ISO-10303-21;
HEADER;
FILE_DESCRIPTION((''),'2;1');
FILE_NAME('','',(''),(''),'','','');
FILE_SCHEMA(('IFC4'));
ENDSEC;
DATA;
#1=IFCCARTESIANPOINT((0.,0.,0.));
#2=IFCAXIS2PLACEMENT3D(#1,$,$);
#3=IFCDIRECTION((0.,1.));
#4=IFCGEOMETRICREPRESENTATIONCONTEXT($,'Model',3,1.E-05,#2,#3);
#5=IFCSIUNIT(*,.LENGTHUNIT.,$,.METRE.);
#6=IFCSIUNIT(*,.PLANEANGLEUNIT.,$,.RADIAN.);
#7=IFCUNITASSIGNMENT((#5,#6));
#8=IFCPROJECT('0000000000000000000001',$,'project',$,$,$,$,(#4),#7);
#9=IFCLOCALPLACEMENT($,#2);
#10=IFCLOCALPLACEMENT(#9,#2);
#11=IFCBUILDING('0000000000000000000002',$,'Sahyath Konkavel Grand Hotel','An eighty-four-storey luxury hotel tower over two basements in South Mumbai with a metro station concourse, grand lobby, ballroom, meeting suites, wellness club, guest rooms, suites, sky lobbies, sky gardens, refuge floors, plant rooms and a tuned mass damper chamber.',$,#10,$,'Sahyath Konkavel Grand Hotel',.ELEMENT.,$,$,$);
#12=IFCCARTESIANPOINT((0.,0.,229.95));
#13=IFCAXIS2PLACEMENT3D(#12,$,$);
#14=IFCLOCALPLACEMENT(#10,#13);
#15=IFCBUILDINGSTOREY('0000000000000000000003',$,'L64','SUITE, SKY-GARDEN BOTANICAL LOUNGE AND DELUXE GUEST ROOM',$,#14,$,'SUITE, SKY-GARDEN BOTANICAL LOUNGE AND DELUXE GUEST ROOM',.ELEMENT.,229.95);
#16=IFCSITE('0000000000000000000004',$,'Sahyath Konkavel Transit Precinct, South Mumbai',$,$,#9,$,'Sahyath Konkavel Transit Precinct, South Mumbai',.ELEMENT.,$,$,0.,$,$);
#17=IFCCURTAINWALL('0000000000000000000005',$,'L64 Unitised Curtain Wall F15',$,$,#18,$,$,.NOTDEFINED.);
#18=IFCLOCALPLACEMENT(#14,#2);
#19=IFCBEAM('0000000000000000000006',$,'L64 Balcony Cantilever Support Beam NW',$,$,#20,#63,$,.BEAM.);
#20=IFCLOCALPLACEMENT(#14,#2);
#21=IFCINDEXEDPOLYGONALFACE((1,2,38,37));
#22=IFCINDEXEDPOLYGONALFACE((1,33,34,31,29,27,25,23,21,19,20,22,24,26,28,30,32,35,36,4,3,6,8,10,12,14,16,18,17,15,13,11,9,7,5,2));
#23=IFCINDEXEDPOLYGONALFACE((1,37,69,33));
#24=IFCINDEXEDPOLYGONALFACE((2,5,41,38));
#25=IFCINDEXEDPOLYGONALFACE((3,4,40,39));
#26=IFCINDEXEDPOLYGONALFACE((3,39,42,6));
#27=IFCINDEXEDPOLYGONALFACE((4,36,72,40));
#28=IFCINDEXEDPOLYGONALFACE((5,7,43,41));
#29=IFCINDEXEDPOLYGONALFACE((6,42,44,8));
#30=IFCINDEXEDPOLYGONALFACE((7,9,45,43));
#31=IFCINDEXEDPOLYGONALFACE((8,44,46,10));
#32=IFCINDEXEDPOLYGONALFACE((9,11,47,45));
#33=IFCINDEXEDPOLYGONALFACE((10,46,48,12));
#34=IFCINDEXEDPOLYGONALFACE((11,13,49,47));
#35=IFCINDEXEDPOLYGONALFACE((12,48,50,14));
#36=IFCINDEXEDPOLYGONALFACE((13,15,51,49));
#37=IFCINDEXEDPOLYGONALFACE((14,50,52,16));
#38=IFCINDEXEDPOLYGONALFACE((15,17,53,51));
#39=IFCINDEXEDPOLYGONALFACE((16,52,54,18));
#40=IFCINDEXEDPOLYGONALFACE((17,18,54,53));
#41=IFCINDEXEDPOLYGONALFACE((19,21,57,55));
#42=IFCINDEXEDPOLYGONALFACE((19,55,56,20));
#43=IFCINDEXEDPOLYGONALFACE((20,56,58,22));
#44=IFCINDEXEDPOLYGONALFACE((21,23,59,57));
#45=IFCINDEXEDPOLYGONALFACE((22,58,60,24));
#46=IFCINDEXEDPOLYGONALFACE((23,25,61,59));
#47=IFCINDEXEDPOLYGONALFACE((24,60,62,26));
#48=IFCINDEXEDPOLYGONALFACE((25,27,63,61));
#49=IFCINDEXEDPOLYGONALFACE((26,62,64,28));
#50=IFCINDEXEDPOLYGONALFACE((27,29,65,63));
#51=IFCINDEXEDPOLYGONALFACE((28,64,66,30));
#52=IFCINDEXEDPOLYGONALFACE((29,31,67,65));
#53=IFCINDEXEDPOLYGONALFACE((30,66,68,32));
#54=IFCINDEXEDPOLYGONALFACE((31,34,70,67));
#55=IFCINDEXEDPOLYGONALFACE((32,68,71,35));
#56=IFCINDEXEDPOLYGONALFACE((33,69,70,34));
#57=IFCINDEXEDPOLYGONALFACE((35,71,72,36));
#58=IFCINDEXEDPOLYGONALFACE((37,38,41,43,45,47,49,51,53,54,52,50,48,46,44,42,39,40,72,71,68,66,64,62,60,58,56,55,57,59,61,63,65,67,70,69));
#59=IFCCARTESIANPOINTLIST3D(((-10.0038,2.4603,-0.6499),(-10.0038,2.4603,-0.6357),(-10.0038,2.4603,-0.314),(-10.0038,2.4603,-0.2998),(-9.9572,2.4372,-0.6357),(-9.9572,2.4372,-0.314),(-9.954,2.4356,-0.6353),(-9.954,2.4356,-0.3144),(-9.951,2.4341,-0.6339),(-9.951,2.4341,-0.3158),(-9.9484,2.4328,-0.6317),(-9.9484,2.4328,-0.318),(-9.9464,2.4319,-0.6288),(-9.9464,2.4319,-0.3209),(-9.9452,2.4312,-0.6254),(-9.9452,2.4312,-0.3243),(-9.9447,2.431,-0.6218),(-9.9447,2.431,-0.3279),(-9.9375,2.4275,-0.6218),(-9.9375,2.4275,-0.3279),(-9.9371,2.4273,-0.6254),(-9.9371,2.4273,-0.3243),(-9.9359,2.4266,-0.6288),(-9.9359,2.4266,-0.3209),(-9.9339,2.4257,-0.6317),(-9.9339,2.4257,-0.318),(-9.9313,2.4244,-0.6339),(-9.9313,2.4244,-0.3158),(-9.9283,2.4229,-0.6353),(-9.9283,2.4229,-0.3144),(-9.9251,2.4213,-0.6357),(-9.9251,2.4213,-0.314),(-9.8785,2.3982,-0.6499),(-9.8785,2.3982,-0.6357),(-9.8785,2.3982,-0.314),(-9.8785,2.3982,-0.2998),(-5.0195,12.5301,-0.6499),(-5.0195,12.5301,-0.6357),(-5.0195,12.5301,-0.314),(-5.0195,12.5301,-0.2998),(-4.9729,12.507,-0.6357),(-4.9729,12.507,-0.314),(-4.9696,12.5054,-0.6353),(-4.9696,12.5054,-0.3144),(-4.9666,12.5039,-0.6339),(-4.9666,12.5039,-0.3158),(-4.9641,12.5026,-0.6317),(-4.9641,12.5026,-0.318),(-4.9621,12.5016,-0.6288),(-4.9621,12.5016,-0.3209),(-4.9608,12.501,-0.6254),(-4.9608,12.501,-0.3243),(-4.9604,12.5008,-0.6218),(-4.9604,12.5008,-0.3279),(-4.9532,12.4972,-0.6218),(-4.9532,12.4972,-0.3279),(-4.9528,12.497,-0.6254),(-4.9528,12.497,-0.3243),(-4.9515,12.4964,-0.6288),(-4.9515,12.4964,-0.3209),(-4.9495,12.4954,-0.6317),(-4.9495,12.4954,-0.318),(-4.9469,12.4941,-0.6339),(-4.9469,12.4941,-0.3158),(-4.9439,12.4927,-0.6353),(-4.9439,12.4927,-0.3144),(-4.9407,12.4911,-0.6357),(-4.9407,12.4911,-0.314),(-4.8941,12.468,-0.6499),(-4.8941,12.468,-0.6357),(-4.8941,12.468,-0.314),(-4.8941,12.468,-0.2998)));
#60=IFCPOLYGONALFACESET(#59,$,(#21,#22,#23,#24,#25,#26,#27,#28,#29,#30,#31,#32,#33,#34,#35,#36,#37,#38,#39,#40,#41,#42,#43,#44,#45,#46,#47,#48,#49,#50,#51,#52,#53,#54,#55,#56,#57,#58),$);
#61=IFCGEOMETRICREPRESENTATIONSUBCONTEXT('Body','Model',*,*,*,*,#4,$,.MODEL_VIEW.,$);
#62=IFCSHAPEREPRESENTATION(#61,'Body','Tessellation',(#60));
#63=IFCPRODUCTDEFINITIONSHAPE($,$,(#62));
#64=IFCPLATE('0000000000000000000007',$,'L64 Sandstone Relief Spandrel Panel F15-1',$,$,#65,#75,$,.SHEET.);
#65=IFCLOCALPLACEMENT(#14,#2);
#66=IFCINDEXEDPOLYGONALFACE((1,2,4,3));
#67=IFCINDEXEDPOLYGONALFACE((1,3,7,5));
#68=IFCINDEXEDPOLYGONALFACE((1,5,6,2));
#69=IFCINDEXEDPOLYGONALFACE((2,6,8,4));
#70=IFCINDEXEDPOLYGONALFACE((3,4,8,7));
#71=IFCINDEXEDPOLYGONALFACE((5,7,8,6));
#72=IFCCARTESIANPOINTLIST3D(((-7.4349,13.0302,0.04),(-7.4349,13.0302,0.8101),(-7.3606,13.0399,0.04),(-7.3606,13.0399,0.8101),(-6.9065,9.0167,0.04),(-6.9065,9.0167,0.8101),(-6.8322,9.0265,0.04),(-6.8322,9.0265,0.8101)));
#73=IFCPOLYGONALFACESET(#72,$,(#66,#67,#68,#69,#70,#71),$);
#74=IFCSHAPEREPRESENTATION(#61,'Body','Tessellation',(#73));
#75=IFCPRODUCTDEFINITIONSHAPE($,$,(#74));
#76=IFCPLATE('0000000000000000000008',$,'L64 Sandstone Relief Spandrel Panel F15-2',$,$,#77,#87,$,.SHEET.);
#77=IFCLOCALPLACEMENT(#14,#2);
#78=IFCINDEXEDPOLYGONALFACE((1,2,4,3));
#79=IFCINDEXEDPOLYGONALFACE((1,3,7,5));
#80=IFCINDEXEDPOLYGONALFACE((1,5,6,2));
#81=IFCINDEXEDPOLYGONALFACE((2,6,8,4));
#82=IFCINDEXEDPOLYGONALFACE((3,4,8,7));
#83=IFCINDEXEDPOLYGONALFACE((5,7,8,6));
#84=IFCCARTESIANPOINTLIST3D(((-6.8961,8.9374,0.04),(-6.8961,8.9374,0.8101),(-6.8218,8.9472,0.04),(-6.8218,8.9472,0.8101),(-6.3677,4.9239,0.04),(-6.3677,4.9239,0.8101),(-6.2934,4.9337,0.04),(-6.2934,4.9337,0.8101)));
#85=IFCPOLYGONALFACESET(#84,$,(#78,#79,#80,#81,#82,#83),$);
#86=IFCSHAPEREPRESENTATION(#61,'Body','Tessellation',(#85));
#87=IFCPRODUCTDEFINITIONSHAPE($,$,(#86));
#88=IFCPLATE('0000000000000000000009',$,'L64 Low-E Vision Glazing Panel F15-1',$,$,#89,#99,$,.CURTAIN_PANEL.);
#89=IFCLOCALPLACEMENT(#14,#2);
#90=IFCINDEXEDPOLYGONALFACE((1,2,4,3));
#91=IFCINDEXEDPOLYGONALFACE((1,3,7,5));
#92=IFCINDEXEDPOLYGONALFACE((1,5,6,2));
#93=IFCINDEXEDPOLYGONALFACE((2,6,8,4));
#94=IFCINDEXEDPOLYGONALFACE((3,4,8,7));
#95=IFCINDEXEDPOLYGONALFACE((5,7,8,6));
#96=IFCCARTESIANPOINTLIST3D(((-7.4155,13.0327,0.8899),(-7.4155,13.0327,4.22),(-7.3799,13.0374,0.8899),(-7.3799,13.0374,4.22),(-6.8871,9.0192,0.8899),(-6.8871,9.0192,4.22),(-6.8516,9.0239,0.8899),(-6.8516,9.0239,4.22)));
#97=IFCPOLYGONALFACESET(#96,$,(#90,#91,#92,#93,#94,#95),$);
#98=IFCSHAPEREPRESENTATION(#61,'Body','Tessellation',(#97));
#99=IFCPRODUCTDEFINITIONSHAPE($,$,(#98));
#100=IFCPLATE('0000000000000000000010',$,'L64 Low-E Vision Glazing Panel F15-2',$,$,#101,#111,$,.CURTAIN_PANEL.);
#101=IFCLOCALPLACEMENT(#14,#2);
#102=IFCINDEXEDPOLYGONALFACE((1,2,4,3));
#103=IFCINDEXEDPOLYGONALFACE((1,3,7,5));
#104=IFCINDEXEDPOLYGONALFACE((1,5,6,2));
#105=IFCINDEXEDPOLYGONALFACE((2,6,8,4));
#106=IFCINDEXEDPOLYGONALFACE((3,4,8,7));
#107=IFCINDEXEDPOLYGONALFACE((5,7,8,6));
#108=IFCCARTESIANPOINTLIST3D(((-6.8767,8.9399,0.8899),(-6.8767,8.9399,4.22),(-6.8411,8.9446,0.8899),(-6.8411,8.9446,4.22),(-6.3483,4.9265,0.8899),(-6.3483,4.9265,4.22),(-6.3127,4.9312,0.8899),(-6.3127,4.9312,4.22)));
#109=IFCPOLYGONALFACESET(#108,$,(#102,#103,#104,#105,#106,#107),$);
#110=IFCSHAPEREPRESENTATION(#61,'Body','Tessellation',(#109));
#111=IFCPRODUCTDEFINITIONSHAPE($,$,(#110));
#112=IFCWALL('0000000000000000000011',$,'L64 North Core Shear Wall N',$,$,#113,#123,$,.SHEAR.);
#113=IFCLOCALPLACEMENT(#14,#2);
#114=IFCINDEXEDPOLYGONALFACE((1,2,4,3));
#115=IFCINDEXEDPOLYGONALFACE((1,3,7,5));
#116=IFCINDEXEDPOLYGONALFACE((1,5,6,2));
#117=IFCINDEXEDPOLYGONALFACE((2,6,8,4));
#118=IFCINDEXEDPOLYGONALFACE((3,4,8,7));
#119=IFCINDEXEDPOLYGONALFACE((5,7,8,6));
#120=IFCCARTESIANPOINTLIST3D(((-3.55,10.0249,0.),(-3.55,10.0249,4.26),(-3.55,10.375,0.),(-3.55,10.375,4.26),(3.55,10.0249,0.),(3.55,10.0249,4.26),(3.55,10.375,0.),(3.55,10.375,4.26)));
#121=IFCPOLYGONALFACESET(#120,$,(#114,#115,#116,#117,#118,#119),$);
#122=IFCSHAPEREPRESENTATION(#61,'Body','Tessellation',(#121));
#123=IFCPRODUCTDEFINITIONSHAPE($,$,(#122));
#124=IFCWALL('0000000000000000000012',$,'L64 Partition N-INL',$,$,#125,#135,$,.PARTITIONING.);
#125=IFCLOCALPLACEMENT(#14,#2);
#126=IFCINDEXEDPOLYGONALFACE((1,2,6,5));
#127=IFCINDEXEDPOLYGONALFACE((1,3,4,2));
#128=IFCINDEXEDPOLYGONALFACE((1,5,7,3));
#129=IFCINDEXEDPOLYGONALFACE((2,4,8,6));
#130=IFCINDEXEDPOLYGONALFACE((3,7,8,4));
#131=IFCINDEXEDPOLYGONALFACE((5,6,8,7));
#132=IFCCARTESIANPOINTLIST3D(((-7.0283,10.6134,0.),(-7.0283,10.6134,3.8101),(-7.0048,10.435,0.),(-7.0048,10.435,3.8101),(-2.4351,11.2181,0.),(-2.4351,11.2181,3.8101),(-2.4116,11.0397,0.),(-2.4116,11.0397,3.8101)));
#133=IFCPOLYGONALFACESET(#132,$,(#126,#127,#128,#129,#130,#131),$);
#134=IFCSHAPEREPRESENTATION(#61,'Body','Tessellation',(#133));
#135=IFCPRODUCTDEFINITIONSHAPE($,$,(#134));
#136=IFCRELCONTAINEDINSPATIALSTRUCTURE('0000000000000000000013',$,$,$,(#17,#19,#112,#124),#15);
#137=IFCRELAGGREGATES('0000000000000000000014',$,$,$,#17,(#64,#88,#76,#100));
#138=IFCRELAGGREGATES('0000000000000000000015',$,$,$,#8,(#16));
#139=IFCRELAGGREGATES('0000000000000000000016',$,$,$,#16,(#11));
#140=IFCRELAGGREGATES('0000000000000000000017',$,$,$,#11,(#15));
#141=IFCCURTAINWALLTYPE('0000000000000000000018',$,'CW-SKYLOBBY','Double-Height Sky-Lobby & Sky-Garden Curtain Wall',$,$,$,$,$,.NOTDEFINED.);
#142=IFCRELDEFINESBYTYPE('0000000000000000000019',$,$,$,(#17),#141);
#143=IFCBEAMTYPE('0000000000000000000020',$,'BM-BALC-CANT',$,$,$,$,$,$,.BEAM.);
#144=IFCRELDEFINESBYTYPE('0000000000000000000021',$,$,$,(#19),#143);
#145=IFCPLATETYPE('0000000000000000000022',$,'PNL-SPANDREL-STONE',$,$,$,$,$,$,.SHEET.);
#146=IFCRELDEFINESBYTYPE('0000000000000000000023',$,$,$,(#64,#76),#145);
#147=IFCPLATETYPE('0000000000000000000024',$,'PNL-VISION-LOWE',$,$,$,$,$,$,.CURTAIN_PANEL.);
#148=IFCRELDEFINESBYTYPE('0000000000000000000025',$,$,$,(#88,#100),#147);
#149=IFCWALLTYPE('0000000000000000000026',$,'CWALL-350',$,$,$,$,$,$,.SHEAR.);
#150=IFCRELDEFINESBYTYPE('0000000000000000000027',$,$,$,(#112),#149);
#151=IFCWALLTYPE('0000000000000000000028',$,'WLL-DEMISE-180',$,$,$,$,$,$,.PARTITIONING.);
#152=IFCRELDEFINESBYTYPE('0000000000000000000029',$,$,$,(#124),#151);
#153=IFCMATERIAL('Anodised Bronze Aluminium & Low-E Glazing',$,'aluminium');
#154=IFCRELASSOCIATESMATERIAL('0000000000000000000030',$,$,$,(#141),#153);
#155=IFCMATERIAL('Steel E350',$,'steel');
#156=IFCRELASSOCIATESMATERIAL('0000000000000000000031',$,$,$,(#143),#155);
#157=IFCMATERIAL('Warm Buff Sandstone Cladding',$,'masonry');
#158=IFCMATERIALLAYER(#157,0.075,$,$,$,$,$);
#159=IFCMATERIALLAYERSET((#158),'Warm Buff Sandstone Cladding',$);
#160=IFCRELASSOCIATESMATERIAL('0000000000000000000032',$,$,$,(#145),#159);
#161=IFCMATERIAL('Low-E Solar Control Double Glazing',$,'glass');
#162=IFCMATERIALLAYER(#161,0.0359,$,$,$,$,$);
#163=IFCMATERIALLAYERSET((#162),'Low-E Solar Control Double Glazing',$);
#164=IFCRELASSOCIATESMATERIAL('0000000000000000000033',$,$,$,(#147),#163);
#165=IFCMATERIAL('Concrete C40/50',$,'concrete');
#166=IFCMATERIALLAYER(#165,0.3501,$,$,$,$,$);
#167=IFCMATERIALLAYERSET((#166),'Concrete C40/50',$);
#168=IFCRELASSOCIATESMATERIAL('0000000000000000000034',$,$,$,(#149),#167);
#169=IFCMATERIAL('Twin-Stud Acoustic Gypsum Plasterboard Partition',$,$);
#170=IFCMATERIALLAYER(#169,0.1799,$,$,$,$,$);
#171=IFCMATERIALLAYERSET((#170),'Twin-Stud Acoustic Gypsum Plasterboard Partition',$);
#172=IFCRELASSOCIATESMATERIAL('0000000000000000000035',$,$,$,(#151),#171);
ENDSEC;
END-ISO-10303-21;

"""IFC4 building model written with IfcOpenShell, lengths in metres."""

from ifc_helpers import new_model, si_unit, direction, frame, frame_2d, origin, origin_2d, place, context, subcontext, project, spatial, rectangle, i_section, extrude, source, transform, mapped, material, layer, layer_set, material_profile, profile_set, type_object, element, aggregate, save


model = new_model("IFC4")

# Units and contexts
model_context = context("Model", 3, precision=1e-05, world=origin(), true_north=direction((0.0, 1.0)))
body_context = subcontext(model_context, "Body", "Model", "MODEL_VIEW")
ifc_project = project(units=[si_unit("LENGTHUNIT", "METRE"), si_unit("PLANEANGLEUNIT", "RADIAN")], contexts=[model_context])

# Site, building, storey
site_placement = place(None, origin())
site = spatial("IfcSite", under=ifc_project, at=site_placement, Name="Sahyath Konkavel Transit Precinct, South Mumbai", LongName="Sahyath Konkavel Transit Precinct, South Mumbai", CompositionType="ELEMENT", RefElevation=0.0)
building_placement = place(site_placement, origin())
building = spatial("IfcBuilding", under=site, at=building_placement, Name="Sahyath Konkavel Grand Hotel", Description="An eighty-four-storey luxury hotel tower over two basements in South Mumbai with a metro station concourse, grand lobby, ballroom, meeting suites, wellness club, guest rooms, suites, sky lobbies, sky gardens, refuge floors, plant rooms and a tuned mass damper chamber.", LongName="Sahyath Konkavel Grand Hotel", CompositionType="ELEMENT")
storey_placement = place(building_placement, frame((0.0, 0.0, 229.95)))
storey = spatial("IfcBuildingStorey", under=building, at=storey_placement, Name="L64", Description="SUITE, SKY-GARDEN BOTANICAL LOUNGE AND DELUXE GUEST ROOM", LongName="SUITE, SKY-GARDEN BOTANICAL LOUNGE AND DELUXE GUEST ROOM", CompositionType="ELEMENT", Elevation=229.95)

# Shared definitions
ifc_material_1 = material(Name="Steel E350", Category="steel")

# Curtain wall
ifc_material_2 = material(Name="Anodised Bronze Aluminium & Low-E Glazing", Category="aluminium")
curtain_wall_type = type_object("IfcCurtainWallType", Name="CW-SKYLOBBY", Description="Double-Height Sky-Lobby & Sky-Garden Curtain Wall", PredefinedType="NOTDEFINED", material=ifc_material_2)
curtain_wall_placement = place(storey_placement, origin())
curtain_wall = element("IfcCurtainWall", 1, at=curtain_wall_placement, inside=storey, type_object=curtain_wall_type, Name="L64 Unitised Curtain Wall F15", PredefinedType="NOTDEFINED")

# Beam
ifc_material_profile_1 = material_profile(ifc_material_1, i_section(OverallWidth=0.1399, OverallDepth=0.3501, WebThickness=0.0081, FlangeThickness=0.0142, FilletRadius=0.0139, at=origin_2d()), Name="ISMB 350")
ifc_profile_set_1 = profile_set([ifc_material_profile_1], Name="Steel E350")
beam_type_1 = type_object("IfcBeamType", Name="BM-BALC-CANT", PredefinedType="BEAM", material=ifc_profile_set_1)
shared_shape_1 = source(origin(), body_context, "Body", "SweptSolid", [
    extrude(i_section(OverallWidth=0.1399, OverallDepth=0.3501, WebThickness=0.0081, FlangeThickness=0.0142, FilletRadius=0.0139, at=origin_2d()), origin(), (0.0, 0.0, 1.0), 11.2358),
])
beam_1_placement = place(storey_placement, frame((-4.9568, 12.499, -0.4749), z_axis=(-0.443612, -0.896219, 0.0), x_axis=(0.896219, -0.443612, 0.0)))
element("IfcBeam", 2, at=beam_1_placement, inside=storey, type_object=beam_type_1, Name="L64 Balcony Cantilever Support Beam NW", PredefinedType="BEAM", context=body_context, shape_type="MappedRepresentation", body=[
    mapped(shared_shape_1, transform((0.0, 0.0, 0.0), scale=1.0)),
])

# Plates
ifc_material_3 = material(Name="Warm Buff Sandstone Cladding", Category="masonry")
ifc_layer_1 = layer(ifc_material_3, 0.075)
ifc_layer_set_1 = layer_set([ifc_layer_1], Name="Warm Buff Sandstone Cladding")
plate_type_1 = type_object("IfcPlateType", Name="PNL-SPANDREL-STONE", PredefinedType="SHEET", material=ifc_layer_set_1)
shared_shape_2 = source(origin(), body_context, "Body", "SweptSolid", [
    extrude(rectangle(XDim=4.0481, YDim=0.075, at=origin_2d()), origin(), (0.0, 0.0, 1.0), 0.77),
])
plate_1_placement = place(storey_placement, frame((-7.1335, 11.0283, 0.04), z_axis=(0.0, 0.0, 1.0), x_axis=(0.130526, -0.991445, 0.0)))
plate_1 = element("IfcPlate", 3, at=plate_1_placement, type_object=plate_type_1, Name="L64 Sandstone Relief Spandrel Panel F15-1", PredefinedType="SHEET", context=body_context, shape_type="MappedRepresentation", body=[
    mapped(shared_shape_2, transform((0.0, 0.0, 0.0), scale=1.0)),
])
plate_2_placement = place(storey_placement, frame((-6.5947, 6.9355, 0.04), z_axis=(0.0, 0.0, 1.0), x_axis=(0.130526, -0.991445, 0.0)))
plate_2 = element("IfcPlate", 4, at=plate_2_placement, type_object=plate_type_1, Name="L64 Sandstone Relief Spandrel Panel F15-2", PredefinedType="SHEET", context=body_context, shape_type="MappedRepresentation", body=[
    mapped(shared_shape_2, transform((0.0, 0.0, 0.0), scale=1.0)),
])
ifc_material_4 = material(Name="Low-E Solar Control Double Glazing", Category="glass")
ifc_layer_2 = layer(ifc_material_4, 0.0359)
ifc_layer_set_2 = layer_set([ifc_layer_2], Name="Low-E Solar Control Double Glazing")
plate_type_2 = type_object("IfcPlateType", Name="PNL-VISION-LOWE", PredefinedType="CURTAIN_PANEL", material=ifc_layer_set_2)
shared_shape_3 = source(origin(), body_context, "Body", "SweptSolid", [
    extrude(rectangle(XDim=4.0481, YDim=0.0359, at=origin_2d()), origin(), (0.0, 0.0, 1.0), 3.3301),
])
plate_3_placement = place(storey_placement, frame((-7.1335, 11.0283, 0.8899), z_axis=(0.0, 0.0, 1.0), x_axis=(0.130526, -0.991445, 0.0)))
plate_3 = element("IfcPlate", 5, at=plate_3_placement, type_object=plate_type_2, Name="L64 Low-E Vision Glazing Panel F15-1", PredefinedType="CURTAIN_PANEL", context=body_context, shape_type="MappedRepresentation", body=[
    mapped(shared_shape_3, transform((0.0, 0.0, 0.0), scale=1.0)),
])
plate_4_placement = place(storey_placement, frame((-6.5947, 6.9355, 0.8899), z_axis=(0.0, 0.0, 1.0), x_axis=(0.130526, -0.991445, 0.0)))
plate_4 = element("IfcPlate", 6, at=plate_4_placement, type_object=plate_type_2, Name="L64 Low-E Vision Glazing Panel F15-2", PredefinedType="CURTAIN_PANEL", context=body_context, shape_type="MappedRepresentation", body=[
    mapped(shared_shape_3, transform((0.0, 0.0, 0.0), scale=1.0)),
])
aggregate(curtain_wall, [plate_1, plate_3, plate_2, plate_4])

# Walls
ifc_material_5 = material(Name="Concrete C40/50", Category="concrete")
ifc_layer_3 = layer(ifc_material_5, 0.3501)
ifc_layer_set_3 = layer_set([ifc_layer_3], Name="Concrete C40/50")
wall_type_1 = type_object("IfcWallType", Name="CWALL-350", PredefinedType="SHEAR", material=ifc_layer_set_3)
wall_1_placement = place(storey_placement, frame((-3.55, 10.2, 0.0), z_axis=(0.0, 0.0, 1.0), x_axis=(1.0, 0.0, 0.0)))
element("IfcWall", 7, at=wall_1_placement, inside=storey, type_object=wall_type_1, Name="L64 North Core Shear Wall N", PredefinedType="SHEAR", context=body_context, shape_type="SweptSolid", body=[
    extrude(rectangle(XDim=7.1001, YDim=0.3501, at=frame_2d((3.55, 0.0))), origin(), (0.0, 0.0, 1.0), 4.26),
])
ifc_material_6 = material(Name="Twin-Stud Acoustic Gypsum Plasterboard Partition")
ifc_layer_4 = layer(ifc_material_6, 0.1799)
ifc_layer_set_4 = layer_set([ifc_layer_4], Name="Twin-Stud Acoustic Gypsum Plasterboard Partition")
wall_type_2 = type_object("IfcWallType", Name="WLL-DEMISE-180", PredefinedType="PARTITIONING", material=ifc_layer_set_4)
wall_2_placement = place(storey_placement, frame((-2.4233, 11.1289, 0.0), z_axis=(0.0, 0.0, 1.0), x_axis=(-0.991444, -0.130531, 0.0)))
element("IfcWall", 8, at=wall_2_placement, inside=storey, type_object=wall_type_2, Name="L64 Partition N-INL", PredefinedType="PARTITIONING", context=body_context, shape_type="SweptSolid", body=[
    extrude(rectangle(XDim=4.6328, YDim=0.1799, at=frame_2d((2.3164, 0.0))), origin(), (0.0, 0.0, 1.0), 3.8101),
])

save(model, "model.ifc")
